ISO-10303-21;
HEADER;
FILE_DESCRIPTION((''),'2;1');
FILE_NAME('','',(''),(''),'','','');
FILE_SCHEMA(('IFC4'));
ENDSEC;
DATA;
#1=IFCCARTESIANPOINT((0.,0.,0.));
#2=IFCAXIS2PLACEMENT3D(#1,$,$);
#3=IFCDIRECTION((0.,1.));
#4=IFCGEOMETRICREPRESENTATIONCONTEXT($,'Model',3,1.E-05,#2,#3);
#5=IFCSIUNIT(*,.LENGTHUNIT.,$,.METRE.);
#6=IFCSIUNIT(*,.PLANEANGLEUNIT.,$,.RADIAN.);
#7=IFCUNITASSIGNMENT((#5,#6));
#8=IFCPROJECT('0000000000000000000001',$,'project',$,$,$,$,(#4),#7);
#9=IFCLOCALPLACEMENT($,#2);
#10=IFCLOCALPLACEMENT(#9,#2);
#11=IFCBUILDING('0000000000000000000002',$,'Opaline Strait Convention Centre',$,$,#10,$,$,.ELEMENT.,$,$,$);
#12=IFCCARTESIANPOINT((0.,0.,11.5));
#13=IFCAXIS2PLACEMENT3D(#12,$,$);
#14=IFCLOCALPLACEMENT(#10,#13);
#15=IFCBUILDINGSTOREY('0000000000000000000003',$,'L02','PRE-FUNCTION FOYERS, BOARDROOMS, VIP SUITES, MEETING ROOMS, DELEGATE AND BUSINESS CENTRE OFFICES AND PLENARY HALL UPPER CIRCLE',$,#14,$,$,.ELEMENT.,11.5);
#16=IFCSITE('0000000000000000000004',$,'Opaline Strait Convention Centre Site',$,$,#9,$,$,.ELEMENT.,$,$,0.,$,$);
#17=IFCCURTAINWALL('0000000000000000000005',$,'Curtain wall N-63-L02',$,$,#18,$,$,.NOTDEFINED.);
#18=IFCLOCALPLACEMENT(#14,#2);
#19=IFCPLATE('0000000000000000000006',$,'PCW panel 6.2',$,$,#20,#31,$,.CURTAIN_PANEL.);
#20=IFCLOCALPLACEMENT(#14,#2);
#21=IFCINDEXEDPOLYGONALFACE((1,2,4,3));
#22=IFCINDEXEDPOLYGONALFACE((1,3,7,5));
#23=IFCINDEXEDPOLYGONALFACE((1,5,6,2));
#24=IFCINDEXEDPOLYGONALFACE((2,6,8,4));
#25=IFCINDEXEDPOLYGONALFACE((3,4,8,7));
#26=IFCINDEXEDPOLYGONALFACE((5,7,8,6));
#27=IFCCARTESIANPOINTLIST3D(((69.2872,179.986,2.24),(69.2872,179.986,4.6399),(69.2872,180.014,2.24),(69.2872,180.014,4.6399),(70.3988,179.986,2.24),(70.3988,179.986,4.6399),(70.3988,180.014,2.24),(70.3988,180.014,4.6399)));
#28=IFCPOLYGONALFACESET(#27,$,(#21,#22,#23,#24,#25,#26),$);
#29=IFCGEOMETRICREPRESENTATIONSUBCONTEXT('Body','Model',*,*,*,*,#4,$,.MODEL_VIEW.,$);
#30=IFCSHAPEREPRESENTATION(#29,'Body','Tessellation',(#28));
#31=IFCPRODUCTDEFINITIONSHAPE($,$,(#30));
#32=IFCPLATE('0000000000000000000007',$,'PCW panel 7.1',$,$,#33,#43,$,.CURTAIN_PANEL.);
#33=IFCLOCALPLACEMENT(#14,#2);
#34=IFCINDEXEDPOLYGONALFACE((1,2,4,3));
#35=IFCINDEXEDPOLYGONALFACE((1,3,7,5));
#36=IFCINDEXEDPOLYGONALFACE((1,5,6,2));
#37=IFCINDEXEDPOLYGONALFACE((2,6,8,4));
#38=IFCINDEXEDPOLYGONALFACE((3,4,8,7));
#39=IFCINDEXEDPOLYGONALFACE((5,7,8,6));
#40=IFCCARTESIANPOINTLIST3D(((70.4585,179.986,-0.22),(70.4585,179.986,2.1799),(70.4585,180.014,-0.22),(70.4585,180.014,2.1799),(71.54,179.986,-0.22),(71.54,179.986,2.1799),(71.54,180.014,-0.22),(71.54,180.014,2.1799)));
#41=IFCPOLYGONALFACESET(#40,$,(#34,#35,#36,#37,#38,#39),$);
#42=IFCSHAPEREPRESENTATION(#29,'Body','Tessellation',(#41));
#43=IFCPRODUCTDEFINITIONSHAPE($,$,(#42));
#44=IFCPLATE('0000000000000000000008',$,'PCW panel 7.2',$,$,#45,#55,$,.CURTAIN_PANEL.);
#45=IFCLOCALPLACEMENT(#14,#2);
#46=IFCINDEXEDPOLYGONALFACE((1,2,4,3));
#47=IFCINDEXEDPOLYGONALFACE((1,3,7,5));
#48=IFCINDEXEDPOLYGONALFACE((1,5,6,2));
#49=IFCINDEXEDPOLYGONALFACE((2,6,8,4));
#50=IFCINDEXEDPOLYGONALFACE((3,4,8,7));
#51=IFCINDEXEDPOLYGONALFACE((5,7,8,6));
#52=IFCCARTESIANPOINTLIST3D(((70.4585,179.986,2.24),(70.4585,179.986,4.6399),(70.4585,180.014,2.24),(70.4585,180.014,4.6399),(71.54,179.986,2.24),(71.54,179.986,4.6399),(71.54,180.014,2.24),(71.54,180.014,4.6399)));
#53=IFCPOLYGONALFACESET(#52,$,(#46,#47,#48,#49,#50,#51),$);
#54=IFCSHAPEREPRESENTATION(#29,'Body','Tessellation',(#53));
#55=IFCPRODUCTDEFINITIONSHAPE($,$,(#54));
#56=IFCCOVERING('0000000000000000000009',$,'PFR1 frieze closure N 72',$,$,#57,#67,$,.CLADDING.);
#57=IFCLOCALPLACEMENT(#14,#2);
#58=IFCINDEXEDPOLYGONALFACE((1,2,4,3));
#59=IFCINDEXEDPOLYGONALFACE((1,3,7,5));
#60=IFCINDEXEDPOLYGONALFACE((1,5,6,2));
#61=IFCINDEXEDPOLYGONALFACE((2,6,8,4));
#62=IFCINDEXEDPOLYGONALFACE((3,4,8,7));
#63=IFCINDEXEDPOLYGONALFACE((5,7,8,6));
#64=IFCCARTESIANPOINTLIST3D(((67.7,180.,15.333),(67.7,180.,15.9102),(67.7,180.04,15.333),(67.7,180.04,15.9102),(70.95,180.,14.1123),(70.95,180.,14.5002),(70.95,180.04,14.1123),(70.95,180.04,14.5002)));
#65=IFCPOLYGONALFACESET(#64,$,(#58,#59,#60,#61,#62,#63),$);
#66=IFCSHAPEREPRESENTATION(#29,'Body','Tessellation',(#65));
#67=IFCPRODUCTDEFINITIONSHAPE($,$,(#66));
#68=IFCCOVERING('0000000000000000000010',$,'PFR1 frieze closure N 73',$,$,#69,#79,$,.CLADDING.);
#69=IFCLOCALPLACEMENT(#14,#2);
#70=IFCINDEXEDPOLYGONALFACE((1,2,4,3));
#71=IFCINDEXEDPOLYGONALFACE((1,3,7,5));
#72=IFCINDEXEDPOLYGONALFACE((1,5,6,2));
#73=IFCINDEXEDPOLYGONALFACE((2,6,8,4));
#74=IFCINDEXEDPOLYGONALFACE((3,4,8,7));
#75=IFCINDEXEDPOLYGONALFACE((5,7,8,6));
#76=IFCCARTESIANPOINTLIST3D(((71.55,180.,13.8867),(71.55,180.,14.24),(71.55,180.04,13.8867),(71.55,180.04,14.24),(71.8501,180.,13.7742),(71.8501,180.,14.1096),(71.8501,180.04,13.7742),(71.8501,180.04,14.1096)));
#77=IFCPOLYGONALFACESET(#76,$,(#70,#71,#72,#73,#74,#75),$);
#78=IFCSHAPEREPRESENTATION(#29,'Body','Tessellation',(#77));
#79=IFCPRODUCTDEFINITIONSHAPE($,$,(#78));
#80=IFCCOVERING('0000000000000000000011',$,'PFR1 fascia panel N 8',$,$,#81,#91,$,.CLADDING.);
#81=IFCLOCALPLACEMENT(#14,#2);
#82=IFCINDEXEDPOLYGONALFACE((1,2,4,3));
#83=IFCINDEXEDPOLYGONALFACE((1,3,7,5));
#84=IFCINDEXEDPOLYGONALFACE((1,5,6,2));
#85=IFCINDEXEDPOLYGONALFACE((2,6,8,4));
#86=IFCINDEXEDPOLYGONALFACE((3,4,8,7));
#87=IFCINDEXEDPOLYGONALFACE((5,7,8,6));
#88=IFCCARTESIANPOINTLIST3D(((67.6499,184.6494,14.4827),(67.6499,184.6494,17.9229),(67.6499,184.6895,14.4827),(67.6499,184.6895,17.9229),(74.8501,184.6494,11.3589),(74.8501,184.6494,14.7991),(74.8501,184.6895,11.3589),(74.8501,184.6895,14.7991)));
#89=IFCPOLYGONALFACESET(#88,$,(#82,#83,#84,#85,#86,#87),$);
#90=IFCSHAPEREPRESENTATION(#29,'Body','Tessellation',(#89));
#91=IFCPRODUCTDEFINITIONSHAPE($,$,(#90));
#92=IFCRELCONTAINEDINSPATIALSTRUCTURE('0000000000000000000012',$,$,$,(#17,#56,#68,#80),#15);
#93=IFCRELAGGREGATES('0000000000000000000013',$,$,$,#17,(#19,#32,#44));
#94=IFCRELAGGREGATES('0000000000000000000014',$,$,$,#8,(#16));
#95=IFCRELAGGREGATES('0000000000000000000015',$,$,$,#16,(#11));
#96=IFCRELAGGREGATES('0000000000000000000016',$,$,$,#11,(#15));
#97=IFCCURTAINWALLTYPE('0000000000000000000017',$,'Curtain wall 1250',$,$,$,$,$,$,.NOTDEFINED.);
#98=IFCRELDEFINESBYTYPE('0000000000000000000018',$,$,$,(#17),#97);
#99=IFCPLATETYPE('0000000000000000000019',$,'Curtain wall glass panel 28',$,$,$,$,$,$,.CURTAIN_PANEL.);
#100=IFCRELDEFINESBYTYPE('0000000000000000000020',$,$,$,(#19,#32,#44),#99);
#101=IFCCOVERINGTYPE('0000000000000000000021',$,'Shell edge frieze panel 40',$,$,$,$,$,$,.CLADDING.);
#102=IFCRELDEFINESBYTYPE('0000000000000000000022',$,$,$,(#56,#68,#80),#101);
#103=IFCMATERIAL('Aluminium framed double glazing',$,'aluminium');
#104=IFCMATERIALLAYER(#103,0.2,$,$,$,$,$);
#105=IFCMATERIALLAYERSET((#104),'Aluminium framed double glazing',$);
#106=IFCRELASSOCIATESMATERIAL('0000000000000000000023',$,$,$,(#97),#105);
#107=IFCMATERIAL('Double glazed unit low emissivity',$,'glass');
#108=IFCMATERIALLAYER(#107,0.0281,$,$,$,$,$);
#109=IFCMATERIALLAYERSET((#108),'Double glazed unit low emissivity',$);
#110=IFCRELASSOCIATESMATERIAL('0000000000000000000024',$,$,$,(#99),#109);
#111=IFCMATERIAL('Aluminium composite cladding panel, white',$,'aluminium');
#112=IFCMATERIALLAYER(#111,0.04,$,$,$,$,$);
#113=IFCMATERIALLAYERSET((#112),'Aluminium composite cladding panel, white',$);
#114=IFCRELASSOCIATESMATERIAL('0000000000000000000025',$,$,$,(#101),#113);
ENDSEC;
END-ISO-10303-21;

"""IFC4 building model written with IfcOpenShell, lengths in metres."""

from ifc_helpers import new_model, si_unit, direction, frame, origin, origin_2d, place, context, subcontext, project, spatial, polyline, rectangle, outline, extrude, material, layer, layer_set, type_object, element, aggregate, save


model = new_model("IFC4")

# Units and contexts
model_context = context("Model", 3, precision=1e-05, world=origin(), true_north=direction((0.0, 1.0)))
body_context = subcontext(model_context, "Body", "Model", "MODEL_VIEW")
ifc_project = project(units=[si_unit("LENGTHUNIT", "METRE"), si_unit("PLANEANGLEUNIT", "RADIAN")], contexts=[model_context])

# Site, building, storey
site_placement = place(None, origin())
site = spatial("IfcSite", under=ifc_project, at=site_placement, Name="Opaline Strait Convention Centre Site", CompositionType="ELEMENT", RefElevation=0.0)
building_placement = place(site_placement, origin())
building = spatial("IfcBuilding", under=site, at=building_placement, Name="Opaline Strait Convention Centre", CompositionType="ELEMENT")
storey_placement = place(building_placement, frame((0.0, 0.0, 11.5)))
storey = spatial("IfcBuildingStorey", under=building, at=storey_placement, Name="L02", Description="PRE-FUNCTION FOYERS, BOARDROOMS, VIP SUITES, MEETING ROOMS, DELEGATE AND BUSINESS CENTRE OFFICES AND PLENARY HALL UPPER CIRCLE", CompositionType="ELEMENT", Elevation=11.5)

# Curtain wall
ifc_material_1 = material(Name="Aluminium framed double glazing", Category="aluminium")
ifc_layer_1 = layer(ifc_material_1, 0.2)
ifc_layer_set_1 = layer_set([ifc_layer_1], Name="Aluminium framed double glazing")
curtain_wall_type = type_object("IfcCurtainWallType", Name="Curtain wall 1250", PredefinedType="NOTDEFINED", material=ifc_layer_set_1)
curtain_wall_placement = place(storey_placement, origin())
curtain_wall = element("IfcCurtainWall", 1, at=curtain_wall_placement, inside=storey, type_object=curtain_wall_type, Name="Curtain wall N-63-L02", PredefinedType="NOTDEFINED")

# Plates
ifc_material_2 = material(Name="Double glazed unit low emissivity", Category="glass")
ifc_layer_2 = layer(ifc_material_2, 0.0281)
ifc_layer_set_2 = layer_set([ifc_layer_2], Name="Double glazed unit low emissivity")
plate_type = type_object("IfcPlateType", Name="Curtain wall glass panel 28", PredefinedType="CURTAIN_PANEL", material=ifc_layer_set_2)
plate_1_placement = place(storey_placement, frame((69.843, 180.0, 2.24), z_axis=(0.0, 0.0, 1.0), x_axis=(1.0, 0.0, 0.0)))
plate_1 = element("IfcPlate", 2, at=plate_1_placement, type_object=plate_type, Name="PCW panel 6.2", PredefinedType="CURTAIN_PANEL", context=body_context, shape_type="SweptSolid", body=[
    extrude(rectangle(XDim=1.1116, YDim=0.0281, at=origin_2d()), origin(), (0.0, 0.0, 1.0), 2.3999),
])
plate_2_placement = place(storey_placement, frame((70.9993, 180.0, -0.22), z_axis=(0.0, 0.0, 1.0), x_axis=(1.0, 0.0, 0.0)))
plate_2 = element("IfcPlate", 3, at=plate_2_placement, type_object=plate_type, Name="PCW panel 7.1", PredefinedType="CURTAIN_PANEL", context=body_context, shape_type="SweptSolid", body=[
    extrude(rectangle(XDim=1.0815, YDim=0.0281, at=origin_2d()), origin(), (0.0, 0.0, 1.0), 2.3999),
])
plate_3_placement = place(storey_placement, frame((70.9993, 180.0, 2.24), z_axis=(0.0, 0.0, 1.0), x_axis=(1.0, 0.0, 0.0)))
plate_3 = element("IfcPlate", 4, at=plate_3_placement, type_object=plate_type, Name="PCW panel 7.2", PredefinedType="CURTAIN_PANEL", context=body_context, shape_type="SweptSolid", body=[
    extrude(rectangle(XDim=1.0815, YDim=0.0281, at=origin_2d()), origin(), (0.0, 0.0, 1.0), 2.3999),
])
aggregate(curtain_wall, [plate_1, plate_2, plate_3])

# Coverings
ifc_material_3 = material(Name="Aluminium composite cladding panel, white", Category="aluminium")
ifc_layer_3 = layer(ifc_material_3, 0.04)
ifc_layer_set_3 = layer_set([ifc_layer_3], Name="Aluminium composite cladding panel, white")
covering_type = type_object("IfcCoveringType", Name="Shell edge frieze panel 40", PredefinedType="CLADDING", material=ifc_layer_set_3)
covering_1_placement = place(storey_placement, frame((67.7, 180.0, 15.333), z_axis=(0.0, -1.0, 0.0), x_axis=(0.936144, 0.0, -0.351617)))
element("IfcCovering", 5, at=covering_1_placement, inside=storey, type_object=covering_type, Name="PFR1 frieze closure N 72", PredefinedType="CLADDING", context=body_context, shape_type="SweptSolid", body=[
    extrude(outline(polyline([(0.0, 0.0), (3.4717, 0.0), (3.3353, 0.3632), (-0.2029, 0.5403), (0.0, 0.0)])), origin(), (0.0, 0.0, -1.0), 0.04),
])
covering_2_placement = place(storey_placement, frame((71.55, 180.0, 13.8867), z_axis=(0.0, -1.0, 0.0), x_axis=(0.936298, 0.0, -0.351207)))
element("IfcCovering", 6, at=covering_2_placement, inside=storey, type_object=covering_type, Name="PFR1 frieze closure N 73", PredefinedType="CLADDING", context=body_context, shape_type="SweptSolid", body=[
    extrude(outline(polyline([(0.0, 0.0), (0.3205, 0.0), (0.2027, 0.3141), (-0.1241, 0.3308), (0.0, 0.0)])), origin(), (0.0, 0.0, -1.0), 0.04),
])
covering_3_placement = place(storey_placement, frame((67.6499, 184.6494, 14.4827), z_axis=(0.0, -1.0, 0.0), x_axis=(0.917384, 0.0, -0.398004)))
element("IfcCovering", 7, at=covering_3_placement, inside=storey, type_object=covering_type, Name="PFR1 fascia panel N 8", PredefinedType="CLADDING", context=body_context, shape_type="SweptSolid", body=[
    extrude(outline(polyline([(0.0, 0.0), (7.8486, 0.0), (6.4794, 3.156), (-1.3692, 3.156), (0.0, 0.0)])), origin(), (0.0, 0.0, -1.0), 0.04),
])

save(model, "model.ifc")
